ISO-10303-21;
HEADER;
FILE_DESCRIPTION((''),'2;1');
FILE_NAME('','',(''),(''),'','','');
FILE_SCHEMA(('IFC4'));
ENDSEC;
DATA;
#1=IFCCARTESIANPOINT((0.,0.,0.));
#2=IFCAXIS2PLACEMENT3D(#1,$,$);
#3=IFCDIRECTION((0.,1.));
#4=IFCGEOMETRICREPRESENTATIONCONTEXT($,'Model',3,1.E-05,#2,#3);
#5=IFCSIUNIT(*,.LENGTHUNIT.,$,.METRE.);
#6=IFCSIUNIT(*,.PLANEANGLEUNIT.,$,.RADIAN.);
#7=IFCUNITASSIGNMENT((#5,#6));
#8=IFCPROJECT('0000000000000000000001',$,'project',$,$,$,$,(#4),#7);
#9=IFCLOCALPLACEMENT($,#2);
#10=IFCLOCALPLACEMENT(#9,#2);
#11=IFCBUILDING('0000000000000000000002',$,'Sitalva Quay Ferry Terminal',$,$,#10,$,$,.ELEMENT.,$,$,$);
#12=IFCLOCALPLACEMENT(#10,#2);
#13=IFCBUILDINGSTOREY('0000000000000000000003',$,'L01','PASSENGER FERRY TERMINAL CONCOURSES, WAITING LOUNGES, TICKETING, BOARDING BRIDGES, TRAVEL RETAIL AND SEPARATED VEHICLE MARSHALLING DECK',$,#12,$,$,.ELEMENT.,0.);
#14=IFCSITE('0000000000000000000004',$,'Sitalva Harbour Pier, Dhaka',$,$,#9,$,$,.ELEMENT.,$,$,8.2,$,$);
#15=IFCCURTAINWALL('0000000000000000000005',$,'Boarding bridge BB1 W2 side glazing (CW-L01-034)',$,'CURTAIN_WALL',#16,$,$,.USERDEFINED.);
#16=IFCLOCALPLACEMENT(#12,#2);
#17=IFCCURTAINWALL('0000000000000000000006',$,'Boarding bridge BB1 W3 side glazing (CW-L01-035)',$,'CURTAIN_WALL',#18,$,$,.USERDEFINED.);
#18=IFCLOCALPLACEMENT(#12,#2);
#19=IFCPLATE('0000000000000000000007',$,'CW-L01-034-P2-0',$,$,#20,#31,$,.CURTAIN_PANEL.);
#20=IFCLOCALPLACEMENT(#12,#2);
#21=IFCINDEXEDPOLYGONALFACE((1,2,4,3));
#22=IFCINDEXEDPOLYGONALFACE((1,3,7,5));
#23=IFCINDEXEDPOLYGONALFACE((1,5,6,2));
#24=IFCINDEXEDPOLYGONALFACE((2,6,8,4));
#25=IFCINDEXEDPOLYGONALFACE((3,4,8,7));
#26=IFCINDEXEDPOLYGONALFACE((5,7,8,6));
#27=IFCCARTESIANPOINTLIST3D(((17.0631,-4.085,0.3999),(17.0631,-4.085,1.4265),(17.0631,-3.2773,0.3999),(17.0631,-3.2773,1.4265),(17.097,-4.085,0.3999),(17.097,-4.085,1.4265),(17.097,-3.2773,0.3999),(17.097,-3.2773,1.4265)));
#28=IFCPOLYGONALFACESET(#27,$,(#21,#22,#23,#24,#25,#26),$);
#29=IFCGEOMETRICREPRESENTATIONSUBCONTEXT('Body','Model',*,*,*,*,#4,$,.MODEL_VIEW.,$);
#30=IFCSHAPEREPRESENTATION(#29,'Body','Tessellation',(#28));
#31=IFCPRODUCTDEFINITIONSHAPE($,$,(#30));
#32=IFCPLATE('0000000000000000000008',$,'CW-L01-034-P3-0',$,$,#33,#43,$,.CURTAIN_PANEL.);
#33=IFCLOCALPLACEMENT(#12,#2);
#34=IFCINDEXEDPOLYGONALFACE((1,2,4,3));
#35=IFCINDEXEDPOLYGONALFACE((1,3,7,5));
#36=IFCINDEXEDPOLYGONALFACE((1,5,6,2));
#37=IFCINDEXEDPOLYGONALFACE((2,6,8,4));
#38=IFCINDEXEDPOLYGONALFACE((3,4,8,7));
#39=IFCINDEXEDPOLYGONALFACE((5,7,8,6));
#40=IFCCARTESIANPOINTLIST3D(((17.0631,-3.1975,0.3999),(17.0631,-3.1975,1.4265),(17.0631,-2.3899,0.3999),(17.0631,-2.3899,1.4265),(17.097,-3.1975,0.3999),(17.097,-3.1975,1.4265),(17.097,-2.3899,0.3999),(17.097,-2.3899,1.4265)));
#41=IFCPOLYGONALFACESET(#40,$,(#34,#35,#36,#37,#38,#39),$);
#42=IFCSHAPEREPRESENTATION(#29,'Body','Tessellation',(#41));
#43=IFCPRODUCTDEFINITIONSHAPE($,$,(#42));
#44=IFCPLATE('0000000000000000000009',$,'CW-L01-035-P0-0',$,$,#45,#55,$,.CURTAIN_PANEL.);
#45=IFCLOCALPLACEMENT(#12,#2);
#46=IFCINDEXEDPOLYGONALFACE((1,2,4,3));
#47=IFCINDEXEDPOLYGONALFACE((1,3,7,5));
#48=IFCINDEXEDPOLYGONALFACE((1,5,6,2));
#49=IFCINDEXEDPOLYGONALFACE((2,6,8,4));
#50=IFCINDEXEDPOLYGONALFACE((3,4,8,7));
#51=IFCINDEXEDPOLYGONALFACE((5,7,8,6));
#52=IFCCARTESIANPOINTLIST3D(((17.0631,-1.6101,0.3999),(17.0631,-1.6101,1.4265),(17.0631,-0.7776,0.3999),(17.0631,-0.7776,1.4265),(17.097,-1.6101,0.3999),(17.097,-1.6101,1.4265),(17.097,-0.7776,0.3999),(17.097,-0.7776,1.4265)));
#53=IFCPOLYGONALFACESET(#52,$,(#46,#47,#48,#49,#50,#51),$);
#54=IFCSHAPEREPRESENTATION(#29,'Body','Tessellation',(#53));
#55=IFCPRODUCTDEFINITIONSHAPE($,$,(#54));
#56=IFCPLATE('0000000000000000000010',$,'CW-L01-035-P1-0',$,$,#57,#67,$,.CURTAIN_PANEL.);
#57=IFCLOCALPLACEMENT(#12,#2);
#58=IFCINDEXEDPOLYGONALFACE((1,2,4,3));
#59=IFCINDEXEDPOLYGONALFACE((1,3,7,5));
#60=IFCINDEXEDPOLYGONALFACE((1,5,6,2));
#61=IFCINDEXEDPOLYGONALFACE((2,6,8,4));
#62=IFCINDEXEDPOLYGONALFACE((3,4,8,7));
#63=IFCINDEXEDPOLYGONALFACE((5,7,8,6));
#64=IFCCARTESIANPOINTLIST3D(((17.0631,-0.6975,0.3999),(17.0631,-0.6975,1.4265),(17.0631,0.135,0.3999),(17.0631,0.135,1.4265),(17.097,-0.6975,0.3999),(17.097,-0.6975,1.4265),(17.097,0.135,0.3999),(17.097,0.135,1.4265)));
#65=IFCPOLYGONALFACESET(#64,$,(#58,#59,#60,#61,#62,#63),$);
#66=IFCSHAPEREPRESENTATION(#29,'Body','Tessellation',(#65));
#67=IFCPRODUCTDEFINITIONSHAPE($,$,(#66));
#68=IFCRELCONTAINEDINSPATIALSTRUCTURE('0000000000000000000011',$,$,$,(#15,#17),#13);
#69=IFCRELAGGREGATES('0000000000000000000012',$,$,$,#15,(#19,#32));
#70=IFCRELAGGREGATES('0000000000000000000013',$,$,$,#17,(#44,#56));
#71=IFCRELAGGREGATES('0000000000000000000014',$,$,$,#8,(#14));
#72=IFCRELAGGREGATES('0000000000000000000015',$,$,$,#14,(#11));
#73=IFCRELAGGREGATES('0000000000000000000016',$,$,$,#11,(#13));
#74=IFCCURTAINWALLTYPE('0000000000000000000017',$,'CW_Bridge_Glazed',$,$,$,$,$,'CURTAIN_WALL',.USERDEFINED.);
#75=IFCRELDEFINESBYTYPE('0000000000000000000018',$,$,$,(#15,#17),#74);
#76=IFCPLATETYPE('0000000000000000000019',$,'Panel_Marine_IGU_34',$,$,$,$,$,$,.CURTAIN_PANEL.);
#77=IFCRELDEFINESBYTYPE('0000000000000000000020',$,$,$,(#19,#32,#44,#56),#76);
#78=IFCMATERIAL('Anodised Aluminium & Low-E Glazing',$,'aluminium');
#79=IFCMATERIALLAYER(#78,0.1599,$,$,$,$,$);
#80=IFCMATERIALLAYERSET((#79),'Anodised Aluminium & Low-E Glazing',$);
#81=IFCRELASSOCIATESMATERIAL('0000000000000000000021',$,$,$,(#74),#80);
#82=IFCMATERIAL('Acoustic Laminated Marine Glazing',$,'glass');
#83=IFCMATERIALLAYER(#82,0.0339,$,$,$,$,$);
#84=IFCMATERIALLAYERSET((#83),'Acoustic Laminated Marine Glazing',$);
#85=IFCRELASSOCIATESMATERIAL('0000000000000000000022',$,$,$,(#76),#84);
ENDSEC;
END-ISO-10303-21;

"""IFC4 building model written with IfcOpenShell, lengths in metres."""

from ifc_helpers import new_model, si_unit, direction, frame, origin, origin_2d, place, context, subcontext, project, spatial, rectangle, extrude, material, layer, layer_set, type_object, element, aggregate, save


model = new_model("IFC4")

# Units and contexts
model_context = context("Model", 3, precision=1e-05, world=origin(), true_north=direction((0.0, 1.0)))
body_context = subcontext(model_context, "Body", "Model", "MODEL_VIEW")
ifc_project = project(units=[si_unit("LENGTHUNIT", "METRE"), si_unit("PLANEANGLEUNIT", "RADIAN")], contexts=[model_context])

# Site, building, storey
site_placement = place(None, origin())
site = spatial("IfcSite", under=ifc_project, at=site_placement, Name="Sitalva Harbour Pier, Dhaka", CompositionType="ELEMENT", RefElevation=8.2)
building_placement = place(site_placement, origin())
building = spatial("IfcBuilding", under=site, at=building_placement, Name="Sitalva Quay Ferry Terminal", CompositionType="ELEMENT")
storey_placement = place(building_placement, origin())
storey = spatial("IfcBuildingStorey", under=building, at=storey_placement, Name="L01", Description="PASSENGER FERRY TERMINAL CONCOURSES, WAITING LOUNGES, TICKETING, BOARDING BRIDGES, TRAVEL RETAIL AND SEPARATED VEHICLE MARSHALLING DECK", CompositionType="ELEMENT", Elevation=0.0)

# Curtain walls
ifc_material_1 = material(Name="Anodised Aluminium & Low-E Glazing", Category="aluminium")
ifc_layer_1 = layer(ifc_material_1, 0.1599)
ifc_layer_set_1 = layer_set([ifc_layer_1], Name="Anodised Aluminium & Low-E Glazing")
curtain_wall_type = type_object("IfcCurtainWallType", Name="CW_Bridge_Glazed", ElementType="CURTAIN_WALL", PredefinedType="USERDEFINED", material=ifc_layer_set_1)
curtain_wall_1_placement = place(storey_placement, origin())
curtain_wall_1 = element("IfcCurtainWall", 1, at=curtain_wall_1_placement, inside=storey, type_object=curtain_wall_type, Name="Boarding bridge BB1 W2 side glazing (CW-L01-034)", ObjectType="CURTAIN_WALL", PredefinedType="USERDEFINED")
curtain_wall_2_placement = place(storey_placement, origin())
curtain_wall_2 = element("IfcCurtainWall", 2, at=curtain_wall_2_placement, inside=storey, type_object=curtain_wall_type, Name="Boarding bridge BB1 W3 side glazing (CW-L01-035)", ObjectType="CURTAIN_WALL", PredefinedType="USERDEFINED")

# Plates
ifc_material_2 = material(Name="Acoustic Laminated Marine Glazing", Category="glass")
ifc_layer_2 = layer(ifc_material_2, 0.0339)
ifc_layer_set_2 = layer_set([ifc_layer_2], Name="Acoustic Laminated Marine Glazing")
plate_type = type_object("IfcPlateType", Name="Panel_Marine_IGU_34", PredefinedType="CURTAIN_PANEL", material=ifc_layer_set_2)
plate_1_placement = place(storey_placement, frame((17.0801, -3.6812, 0.3999), z_axis=(0.0, 0.0, 1.0), x_axis=(0.0, 1.0, 0.0)))
plate_1 = element("IfcPlate", 3, at=plate_1_placement, type_object=plate_type, Name="CW-L01-034-P2-0", PredefinedType="CURTAIN_PANEL", context=body_context, shape_type="SweptSolid", body=[
    extrude(rectangle(XDim=0.8076, YDim=0.0339, at=origin_2d()), origin(), (0.0, 0.0, 1.0), 1.0266),
])
plate_2_placement = place(storey_placement, frame((17.0801, -2.7937, 0.3999), z_axis=(0.0, 0.0, 1.0), x_axis=(0.0, 1.0, 0.0)))
plate_2 = element("IfcPlate", 4, at=plate_2_placement, type_object=plate_type, Name="CW-L01-034-P3-0", PredefinedType="CURTAIN_PANEL", context=body_context, shape_type="SweptSolid", body=[
    extrude(rectangle(XDim=0.8076, YDim=0.0339, at=origin_2d()), origin(), (0.0, 0.0, 1.0), 1.0266),
])
aggregate(curtain_wall_1, [plate_1, plate_2])
plate_3_placement = place(storey_placement, frame((17.0801, -1.1938, 0.3999), z_axis=(0.0, 0.0, 1.0), x_axis=(0.0, 1.0, 0.0)))
plate_3 = element("IfcPlate", 5, at=plate_3_placement, type_object=plate_type, Name="CW-L01-035-P0-0", PredefinedType="CURTAIN_PANEL", context=body_context, shape_type="SweptSolid", body=[
    extrude(rectangle(XDim=0.8325, YDim=0.0339, at=origin_2d()), origin(), (0.0, 0.0, 1.0), 1.0266),
])
plate_4_placement = place(storey_placement, frame((17.0801, -0.2812, 0.3999), z_axis=(0.0, 0.0, 1.0), x_axis=(0.0, 1.0, 0.0)))
plate_4 = element("IfcPlate", 6, at=plate_4_placement, type_object=plate_type, Name="CW-L01-035-P1-0", PredefinedType="CURTAIN_PANEL", context=body_context, shape_type="SweptSolid", body=[
    extrude(rectangle(XDim=0.8325, YDim=0.0339, at=origin_2d()), origin(), (0.0, 0.0, 1.0), 1.0266),
])
aggregate(curtain_wall_2, [plate_3, plate_4])

save(model, "model.ifc")
